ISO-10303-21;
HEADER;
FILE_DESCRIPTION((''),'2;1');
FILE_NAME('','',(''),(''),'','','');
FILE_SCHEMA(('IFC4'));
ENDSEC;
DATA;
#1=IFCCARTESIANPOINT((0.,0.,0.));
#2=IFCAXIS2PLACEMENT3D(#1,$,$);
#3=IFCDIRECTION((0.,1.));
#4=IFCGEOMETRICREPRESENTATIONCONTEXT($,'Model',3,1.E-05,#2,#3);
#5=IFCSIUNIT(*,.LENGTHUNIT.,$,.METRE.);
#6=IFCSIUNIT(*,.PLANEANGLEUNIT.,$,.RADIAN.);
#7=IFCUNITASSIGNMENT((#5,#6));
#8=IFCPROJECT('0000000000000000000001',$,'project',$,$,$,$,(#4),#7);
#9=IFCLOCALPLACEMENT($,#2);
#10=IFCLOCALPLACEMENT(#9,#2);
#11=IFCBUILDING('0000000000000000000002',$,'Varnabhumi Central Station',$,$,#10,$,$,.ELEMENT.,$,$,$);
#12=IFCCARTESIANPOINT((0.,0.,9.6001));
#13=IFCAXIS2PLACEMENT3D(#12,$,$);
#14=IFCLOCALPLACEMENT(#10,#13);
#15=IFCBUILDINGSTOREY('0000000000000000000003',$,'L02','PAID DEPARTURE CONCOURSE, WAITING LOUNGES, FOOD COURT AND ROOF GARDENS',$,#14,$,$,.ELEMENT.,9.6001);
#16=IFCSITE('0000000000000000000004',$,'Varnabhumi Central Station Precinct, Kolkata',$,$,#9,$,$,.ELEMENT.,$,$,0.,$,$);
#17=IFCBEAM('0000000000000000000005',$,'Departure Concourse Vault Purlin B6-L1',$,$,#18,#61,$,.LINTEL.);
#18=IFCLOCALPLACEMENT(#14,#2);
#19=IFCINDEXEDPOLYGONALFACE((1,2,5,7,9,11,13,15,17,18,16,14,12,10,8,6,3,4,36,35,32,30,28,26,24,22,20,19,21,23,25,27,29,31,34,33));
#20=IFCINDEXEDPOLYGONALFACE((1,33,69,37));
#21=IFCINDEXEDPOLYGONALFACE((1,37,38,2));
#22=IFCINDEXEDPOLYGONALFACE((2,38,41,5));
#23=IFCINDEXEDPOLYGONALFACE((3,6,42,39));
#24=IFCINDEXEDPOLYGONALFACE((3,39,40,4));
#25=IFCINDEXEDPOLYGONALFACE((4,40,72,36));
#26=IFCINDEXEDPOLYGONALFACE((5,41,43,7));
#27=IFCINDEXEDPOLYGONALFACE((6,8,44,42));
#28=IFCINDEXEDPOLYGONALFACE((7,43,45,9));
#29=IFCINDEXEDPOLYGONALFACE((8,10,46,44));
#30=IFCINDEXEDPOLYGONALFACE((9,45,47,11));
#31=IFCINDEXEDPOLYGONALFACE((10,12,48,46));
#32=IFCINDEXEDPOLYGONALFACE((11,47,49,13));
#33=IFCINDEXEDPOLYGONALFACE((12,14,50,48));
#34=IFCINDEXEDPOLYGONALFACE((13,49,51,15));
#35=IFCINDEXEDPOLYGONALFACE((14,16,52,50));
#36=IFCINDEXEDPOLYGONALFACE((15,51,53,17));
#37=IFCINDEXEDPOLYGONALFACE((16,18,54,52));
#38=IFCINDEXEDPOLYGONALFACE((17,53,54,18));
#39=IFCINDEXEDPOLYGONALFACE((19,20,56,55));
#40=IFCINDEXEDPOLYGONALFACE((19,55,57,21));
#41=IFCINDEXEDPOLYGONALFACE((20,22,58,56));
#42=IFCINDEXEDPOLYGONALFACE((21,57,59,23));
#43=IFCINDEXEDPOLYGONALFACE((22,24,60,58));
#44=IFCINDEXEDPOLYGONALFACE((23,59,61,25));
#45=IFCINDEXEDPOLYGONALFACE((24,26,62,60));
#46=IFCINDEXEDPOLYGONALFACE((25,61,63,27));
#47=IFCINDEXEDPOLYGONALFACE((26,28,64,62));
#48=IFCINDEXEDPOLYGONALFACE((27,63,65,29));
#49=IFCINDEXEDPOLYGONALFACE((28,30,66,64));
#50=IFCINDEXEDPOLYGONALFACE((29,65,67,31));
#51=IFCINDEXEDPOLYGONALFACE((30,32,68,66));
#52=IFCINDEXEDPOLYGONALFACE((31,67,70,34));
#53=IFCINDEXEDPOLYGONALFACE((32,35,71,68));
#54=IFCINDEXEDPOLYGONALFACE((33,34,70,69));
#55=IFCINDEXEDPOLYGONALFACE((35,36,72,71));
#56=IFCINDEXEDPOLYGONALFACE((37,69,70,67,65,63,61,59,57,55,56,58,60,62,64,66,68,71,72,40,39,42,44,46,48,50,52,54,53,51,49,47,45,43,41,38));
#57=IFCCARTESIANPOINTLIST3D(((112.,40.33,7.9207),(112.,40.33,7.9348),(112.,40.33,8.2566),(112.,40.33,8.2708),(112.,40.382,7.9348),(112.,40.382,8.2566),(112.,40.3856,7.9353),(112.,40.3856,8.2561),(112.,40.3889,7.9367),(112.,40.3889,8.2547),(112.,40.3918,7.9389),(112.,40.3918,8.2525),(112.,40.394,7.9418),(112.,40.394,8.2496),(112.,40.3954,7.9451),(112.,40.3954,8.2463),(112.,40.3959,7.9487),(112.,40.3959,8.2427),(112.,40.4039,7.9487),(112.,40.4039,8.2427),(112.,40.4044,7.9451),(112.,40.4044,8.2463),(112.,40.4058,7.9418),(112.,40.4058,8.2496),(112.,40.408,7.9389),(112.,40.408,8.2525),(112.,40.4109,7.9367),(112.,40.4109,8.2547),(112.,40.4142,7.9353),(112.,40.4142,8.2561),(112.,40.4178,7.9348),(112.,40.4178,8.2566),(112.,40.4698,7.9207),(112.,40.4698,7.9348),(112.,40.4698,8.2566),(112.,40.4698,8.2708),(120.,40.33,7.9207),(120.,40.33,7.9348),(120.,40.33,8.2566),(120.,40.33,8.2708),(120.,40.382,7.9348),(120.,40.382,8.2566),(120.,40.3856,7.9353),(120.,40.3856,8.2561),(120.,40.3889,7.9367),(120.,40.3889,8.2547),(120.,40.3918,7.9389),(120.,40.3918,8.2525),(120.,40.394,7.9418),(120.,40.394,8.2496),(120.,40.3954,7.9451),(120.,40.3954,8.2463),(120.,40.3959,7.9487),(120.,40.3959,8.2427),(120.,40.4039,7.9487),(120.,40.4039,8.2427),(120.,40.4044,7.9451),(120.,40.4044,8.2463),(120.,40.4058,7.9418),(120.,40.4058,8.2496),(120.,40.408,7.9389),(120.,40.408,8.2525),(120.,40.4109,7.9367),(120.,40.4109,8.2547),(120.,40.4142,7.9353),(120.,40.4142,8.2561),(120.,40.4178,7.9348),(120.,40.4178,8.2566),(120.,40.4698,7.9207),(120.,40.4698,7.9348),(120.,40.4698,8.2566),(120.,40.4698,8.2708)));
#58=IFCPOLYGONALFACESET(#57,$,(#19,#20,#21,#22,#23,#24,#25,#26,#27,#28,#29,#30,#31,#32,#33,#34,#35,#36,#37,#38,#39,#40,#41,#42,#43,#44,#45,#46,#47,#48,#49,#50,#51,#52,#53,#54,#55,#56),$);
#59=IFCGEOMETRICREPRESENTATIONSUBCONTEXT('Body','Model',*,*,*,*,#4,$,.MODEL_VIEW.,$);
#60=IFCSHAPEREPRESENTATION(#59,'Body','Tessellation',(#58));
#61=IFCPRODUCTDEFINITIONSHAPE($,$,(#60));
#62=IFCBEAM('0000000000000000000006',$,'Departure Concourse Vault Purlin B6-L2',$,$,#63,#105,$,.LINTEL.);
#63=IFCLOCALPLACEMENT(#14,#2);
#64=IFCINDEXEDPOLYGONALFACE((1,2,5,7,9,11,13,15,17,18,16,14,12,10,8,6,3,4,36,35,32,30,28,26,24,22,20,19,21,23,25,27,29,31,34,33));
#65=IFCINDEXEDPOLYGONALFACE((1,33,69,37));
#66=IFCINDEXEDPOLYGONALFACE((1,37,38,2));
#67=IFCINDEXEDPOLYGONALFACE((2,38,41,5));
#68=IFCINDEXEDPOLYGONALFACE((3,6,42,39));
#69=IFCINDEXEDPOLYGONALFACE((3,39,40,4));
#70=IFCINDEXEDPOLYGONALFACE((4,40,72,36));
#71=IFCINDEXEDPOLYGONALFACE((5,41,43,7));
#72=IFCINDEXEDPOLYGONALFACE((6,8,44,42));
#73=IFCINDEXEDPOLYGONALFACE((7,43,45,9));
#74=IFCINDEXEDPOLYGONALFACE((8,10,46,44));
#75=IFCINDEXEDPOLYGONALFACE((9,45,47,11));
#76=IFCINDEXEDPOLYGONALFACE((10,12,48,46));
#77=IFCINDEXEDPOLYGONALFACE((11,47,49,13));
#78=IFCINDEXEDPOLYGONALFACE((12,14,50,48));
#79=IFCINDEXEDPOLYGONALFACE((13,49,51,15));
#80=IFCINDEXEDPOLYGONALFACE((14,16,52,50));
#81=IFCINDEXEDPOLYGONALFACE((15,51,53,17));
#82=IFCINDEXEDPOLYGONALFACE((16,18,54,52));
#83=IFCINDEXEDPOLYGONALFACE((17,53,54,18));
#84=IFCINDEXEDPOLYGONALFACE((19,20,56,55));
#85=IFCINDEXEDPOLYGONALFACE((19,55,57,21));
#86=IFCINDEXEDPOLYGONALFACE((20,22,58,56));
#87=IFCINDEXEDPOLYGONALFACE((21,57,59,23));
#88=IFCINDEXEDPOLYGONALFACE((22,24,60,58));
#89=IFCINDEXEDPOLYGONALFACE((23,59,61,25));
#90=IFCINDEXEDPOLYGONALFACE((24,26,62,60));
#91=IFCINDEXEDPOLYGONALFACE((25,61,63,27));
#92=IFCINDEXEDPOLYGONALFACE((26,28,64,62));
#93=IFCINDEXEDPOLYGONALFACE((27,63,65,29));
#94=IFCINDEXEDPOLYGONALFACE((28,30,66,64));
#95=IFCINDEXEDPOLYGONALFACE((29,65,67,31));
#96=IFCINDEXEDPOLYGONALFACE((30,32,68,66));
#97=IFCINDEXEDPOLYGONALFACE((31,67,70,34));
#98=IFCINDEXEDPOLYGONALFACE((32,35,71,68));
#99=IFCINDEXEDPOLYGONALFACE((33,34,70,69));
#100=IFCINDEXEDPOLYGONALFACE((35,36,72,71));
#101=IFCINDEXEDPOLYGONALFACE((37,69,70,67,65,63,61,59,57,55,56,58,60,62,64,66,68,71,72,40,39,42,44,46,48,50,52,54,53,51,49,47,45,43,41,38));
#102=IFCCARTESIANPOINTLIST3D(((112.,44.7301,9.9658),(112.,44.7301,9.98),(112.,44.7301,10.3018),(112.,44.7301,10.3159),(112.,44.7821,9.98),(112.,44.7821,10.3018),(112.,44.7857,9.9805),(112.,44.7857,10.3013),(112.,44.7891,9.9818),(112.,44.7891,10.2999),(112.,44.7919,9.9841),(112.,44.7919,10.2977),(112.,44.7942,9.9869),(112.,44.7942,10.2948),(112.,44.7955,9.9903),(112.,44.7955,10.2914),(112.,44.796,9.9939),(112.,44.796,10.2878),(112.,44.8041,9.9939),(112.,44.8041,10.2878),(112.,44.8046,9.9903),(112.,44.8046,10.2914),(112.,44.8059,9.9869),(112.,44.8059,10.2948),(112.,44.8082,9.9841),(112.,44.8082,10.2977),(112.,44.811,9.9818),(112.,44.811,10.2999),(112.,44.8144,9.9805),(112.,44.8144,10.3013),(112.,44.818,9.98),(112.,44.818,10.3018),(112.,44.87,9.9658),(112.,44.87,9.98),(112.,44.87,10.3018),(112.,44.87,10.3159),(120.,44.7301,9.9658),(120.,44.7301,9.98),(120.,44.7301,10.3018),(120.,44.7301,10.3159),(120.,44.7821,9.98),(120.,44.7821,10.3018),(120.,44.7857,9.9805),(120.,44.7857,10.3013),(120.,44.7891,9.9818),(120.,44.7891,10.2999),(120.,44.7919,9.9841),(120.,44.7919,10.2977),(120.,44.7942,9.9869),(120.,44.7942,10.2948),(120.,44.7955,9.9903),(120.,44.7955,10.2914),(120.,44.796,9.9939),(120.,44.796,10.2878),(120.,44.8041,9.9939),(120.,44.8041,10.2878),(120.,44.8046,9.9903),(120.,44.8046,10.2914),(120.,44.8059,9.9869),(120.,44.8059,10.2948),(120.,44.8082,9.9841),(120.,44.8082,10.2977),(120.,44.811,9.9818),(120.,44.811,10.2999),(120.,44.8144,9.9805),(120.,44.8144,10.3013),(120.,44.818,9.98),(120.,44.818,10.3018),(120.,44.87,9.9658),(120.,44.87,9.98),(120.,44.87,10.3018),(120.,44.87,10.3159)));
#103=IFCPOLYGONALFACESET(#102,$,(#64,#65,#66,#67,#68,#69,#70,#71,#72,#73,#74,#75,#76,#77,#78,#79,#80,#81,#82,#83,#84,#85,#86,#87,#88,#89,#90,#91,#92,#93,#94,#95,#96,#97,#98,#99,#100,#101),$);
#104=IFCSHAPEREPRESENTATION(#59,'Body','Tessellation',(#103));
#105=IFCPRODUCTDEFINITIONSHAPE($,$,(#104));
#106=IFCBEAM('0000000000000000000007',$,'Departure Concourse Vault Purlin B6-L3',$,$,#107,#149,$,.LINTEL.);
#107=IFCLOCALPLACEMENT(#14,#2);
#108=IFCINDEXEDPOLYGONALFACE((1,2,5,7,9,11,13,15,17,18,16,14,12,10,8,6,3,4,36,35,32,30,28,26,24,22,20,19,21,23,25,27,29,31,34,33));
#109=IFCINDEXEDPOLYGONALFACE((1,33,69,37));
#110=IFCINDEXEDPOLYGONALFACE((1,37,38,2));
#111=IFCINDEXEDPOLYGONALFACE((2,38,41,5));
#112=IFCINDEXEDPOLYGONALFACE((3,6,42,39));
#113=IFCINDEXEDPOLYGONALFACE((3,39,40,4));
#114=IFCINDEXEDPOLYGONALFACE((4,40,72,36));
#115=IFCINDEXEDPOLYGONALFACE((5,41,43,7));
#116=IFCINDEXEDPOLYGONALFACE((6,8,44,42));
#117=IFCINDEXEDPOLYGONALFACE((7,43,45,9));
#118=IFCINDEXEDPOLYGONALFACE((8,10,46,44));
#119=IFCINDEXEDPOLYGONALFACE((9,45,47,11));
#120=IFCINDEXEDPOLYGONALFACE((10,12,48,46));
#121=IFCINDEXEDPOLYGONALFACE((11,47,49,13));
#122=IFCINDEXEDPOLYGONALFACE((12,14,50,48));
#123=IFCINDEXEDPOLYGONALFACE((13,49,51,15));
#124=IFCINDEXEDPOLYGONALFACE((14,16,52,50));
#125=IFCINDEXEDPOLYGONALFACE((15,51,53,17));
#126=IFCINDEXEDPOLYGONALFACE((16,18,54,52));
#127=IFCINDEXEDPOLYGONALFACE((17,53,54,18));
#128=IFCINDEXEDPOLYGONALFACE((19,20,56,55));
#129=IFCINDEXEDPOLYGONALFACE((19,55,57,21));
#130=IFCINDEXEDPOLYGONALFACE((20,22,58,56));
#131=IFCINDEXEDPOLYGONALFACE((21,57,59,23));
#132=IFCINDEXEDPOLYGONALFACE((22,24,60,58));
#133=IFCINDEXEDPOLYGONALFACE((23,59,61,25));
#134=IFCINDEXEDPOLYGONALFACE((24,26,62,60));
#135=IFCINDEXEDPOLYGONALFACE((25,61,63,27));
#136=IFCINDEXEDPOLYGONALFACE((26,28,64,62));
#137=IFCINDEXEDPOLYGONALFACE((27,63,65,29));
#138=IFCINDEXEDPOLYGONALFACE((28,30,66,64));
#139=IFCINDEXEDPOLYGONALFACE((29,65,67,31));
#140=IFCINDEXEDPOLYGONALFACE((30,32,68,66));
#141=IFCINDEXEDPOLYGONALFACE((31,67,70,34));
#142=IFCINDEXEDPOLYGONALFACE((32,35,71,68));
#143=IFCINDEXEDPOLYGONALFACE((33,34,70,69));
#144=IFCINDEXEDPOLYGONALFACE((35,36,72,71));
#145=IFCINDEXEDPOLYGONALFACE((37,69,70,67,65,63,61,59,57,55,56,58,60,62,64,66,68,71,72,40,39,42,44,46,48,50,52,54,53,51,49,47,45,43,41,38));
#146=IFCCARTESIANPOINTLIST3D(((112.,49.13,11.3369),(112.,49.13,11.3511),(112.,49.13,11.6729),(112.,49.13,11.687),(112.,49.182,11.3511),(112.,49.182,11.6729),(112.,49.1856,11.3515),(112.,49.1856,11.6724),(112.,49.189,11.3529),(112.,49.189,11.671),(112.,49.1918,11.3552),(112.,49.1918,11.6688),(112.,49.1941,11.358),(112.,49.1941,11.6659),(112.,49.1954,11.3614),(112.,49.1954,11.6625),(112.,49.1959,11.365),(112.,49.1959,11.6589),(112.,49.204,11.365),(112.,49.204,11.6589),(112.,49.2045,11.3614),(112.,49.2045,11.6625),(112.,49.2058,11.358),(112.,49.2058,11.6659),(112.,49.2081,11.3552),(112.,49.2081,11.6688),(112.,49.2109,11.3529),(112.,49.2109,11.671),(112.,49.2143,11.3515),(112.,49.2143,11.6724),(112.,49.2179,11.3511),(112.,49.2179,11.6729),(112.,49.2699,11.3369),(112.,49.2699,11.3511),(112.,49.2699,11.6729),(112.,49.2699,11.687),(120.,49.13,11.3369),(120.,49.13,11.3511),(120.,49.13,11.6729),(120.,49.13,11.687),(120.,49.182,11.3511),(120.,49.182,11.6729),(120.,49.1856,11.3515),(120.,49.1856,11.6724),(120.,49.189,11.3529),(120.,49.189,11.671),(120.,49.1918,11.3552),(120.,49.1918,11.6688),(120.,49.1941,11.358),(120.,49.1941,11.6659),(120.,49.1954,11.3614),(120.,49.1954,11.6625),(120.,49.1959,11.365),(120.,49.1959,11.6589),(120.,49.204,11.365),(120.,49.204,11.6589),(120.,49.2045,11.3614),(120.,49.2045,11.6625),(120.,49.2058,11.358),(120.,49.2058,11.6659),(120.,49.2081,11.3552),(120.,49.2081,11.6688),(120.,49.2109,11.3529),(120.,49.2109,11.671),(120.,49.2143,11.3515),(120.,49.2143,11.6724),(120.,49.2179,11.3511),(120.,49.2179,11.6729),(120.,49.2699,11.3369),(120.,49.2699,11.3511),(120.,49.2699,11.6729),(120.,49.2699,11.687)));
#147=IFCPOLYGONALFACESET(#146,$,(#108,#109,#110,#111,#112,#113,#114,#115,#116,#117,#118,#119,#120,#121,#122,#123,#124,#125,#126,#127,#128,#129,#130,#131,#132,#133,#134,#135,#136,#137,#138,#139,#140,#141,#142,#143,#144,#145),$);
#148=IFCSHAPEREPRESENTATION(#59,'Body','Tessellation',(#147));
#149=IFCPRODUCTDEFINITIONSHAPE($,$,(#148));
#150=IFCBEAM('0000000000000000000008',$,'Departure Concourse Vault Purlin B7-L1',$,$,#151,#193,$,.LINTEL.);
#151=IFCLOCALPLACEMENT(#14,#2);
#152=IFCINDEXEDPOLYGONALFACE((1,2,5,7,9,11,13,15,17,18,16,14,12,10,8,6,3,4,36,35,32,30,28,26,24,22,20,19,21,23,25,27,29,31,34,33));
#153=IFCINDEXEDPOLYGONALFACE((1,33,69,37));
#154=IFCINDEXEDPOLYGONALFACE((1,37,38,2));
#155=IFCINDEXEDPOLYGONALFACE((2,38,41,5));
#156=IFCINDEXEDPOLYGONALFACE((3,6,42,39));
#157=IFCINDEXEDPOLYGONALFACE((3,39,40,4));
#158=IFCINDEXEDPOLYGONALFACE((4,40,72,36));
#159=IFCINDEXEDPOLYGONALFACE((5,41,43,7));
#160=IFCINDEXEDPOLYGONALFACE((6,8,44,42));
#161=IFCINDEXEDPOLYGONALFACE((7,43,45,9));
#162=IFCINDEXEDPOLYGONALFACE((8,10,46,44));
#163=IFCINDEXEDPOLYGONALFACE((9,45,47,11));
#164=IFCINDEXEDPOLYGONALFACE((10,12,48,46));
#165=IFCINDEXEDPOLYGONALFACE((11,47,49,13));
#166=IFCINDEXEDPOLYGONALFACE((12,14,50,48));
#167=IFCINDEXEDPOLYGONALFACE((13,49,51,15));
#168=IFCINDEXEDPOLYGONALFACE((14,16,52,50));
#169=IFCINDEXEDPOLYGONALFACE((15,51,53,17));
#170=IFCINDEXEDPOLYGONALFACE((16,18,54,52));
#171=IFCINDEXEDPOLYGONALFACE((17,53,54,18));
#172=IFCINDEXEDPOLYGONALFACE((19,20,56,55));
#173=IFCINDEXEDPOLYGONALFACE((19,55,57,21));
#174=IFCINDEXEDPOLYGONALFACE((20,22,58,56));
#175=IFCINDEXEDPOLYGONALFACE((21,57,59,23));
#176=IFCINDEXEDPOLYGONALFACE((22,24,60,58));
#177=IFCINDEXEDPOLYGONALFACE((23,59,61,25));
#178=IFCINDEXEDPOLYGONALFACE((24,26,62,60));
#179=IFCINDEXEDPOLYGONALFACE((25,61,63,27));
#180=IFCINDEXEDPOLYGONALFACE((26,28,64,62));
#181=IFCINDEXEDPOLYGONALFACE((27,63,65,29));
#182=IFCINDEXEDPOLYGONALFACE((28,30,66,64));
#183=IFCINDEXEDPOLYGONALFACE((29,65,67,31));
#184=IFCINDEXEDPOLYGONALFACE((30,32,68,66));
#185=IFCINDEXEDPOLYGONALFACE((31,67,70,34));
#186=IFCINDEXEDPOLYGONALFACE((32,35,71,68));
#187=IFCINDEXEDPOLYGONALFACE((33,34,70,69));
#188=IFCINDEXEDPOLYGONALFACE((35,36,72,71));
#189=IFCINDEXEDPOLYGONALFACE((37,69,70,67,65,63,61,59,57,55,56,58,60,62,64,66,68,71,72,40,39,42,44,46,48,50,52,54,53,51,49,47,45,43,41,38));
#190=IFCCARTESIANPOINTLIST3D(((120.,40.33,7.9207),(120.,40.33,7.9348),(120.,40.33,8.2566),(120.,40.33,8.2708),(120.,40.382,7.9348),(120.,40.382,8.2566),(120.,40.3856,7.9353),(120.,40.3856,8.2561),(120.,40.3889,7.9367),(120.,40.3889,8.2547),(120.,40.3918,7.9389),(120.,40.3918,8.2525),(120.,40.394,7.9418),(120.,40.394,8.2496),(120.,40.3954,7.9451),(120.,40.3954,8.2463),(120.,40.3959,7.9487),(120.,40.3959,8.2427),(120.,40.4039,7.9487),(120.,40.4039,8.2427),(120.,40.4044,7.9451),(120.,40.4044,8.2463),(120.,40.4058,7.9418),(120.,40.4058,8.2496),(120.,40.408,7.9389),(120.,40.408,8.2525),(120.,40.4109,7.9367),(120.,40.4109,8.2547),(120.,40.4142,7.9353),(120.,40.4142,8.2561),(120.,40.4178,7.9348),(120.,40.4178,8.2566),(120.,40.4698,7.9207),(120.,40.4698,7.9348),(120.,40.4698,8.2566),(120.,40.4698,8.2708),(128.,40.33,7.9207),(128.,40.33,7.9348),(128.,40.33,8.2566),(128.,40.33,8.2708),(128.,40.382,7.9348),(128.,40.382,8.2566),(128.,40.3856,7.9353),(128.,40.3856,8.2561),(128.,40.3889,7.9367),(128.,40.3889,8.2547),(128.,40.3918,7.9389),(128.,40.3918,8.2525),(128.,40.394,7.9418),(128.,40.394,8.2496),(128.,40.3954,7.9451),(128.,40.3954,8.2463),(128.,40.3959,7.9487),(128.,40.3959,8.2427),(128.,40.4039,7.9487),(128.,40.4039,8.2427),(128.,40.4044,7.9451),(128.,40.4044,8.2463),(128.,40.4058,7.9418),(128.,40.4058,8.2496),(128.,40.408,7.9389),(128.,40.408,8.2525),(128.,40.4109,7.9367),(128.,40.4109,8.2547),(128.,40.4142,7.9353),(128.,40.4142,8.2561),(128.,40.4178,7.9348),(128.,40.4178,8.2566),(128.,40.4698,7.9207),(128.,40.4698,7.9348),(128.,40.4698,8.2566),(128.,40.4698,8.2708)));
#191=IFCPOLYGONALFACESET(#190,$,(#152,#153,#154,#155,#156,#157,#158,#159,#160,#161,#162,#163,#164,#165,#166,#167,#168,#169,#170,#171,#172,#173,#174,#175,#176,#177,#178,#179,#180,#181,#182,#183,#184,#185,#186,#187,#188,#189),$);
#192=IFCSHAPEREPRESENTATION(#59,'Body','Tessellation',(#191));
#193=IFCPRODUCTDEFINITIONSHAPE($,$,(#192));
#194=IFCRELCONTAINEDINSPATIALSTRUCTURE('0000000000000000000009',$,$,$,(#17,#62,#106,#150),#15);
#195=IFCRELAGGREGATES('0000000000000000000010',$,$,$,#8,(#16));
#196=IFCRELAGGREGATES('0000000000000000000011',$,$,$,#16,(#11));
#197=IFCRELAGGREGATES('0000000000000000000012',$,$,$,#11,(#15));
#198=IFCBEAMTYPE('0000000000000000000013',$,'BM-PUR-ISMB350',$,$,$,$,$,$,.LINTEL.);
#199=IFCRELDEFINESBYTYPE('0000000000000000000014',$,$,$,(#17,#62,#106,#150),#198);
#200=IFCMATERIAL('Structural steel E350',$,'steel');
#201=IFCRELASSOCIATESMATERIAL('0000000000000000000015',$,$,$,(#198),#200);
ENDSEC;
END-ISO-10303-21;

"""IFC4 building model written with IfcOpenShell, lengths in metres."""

from ifc_helpers import new_model, si_unit, direction, frame, origin, origin_2d, place, context, subcontext, project, spatial, i_section, extrude, material, material_profile, profile_set, type_object, element, save


model = new_model("IFC4")

# Units and contexts
model_context = context("Model", 3, precision=1e-05, world=origin(), true_north=direction((0.0, 1.0)))
body_context = subcontext(model_context, "Body", "Model", "MODEL_VIEW")
ifc_project = project(units=[si_unit("LENGTHUNIT", "METRE"), si_unit("PLANEANGLEUNIT", "RADIAN")], contexts=[model_context])

# Site, building, storey
site_placement = place(None, origin())
site = spatial("IfcSite", under=ifc_project, at=site_placement, Name="Varnabhumi Central Station Precinct, Kolkata", CompositionType="ELEMENT", RefElevation=0.0)
building_placement = place(site_placement, origin())
building = spatial("IfcBuilding", under=site, at=building_placement, Name="Varnabhumi Central Station", CompositionType="ELEMENT")
storey_placement = place(building_placement, frame((0.0, 0.0, 9.6001)))
storey = spatial("IfcBuildingStorey", under=building, at=storey_placement, Name="L02", Description="PAID DEPARTURE CONCOURSE, WAITING LOUNGES, FOOD COURT AND ROOF GARDENS", CompositionType="ELEMENT", Elevation=9.6001)

# Beams
ifc_material_1 = material(Name="Structural steel E350", Category="steel")
ifc_material_profile_1 = material_profile(ifc_material_1, i_section(OverallWidth=0.1399, OverallDepth=0.3501, WebThickness=0.0081, FlangeThickness=0.0142, FilletRadius=0.0139, at=origin_2d()), Name="Structural steel E350", Category="steel")
ifc_profile_set_1 = profile_set([ifc_material_profile_1], Name="Structural steel E350")
beam_type_1 = type_object("IfcBeamType", Name="BM-PUR-ISMB350", PredefinedType="LINTEL", material=ifc_profile_set_1)
for number, where, z_axis, x_axis, name in (
    (1, (112.0, 40.3999, 8.0957), (1.0, 0.0, 0.0), (0.0, 1.0, 0.0), "Departure Concourse Vault Purlin B6-L1"),
    (2, (112.0, 44.8, 10.1409), (1.0, 0.0, 0.0), (0.0, 1.0, 0.0), "Departure Concourse Vault Purlin B6-L2"),
    (3, (112.0, 49.2, 11.512), (1.0, 0.0, 0.0), (0.0, 1.0, 0.0), "Departure Concourse Vault Purlin B6-L3"),
    (4, (120.0, 40.3999, 8.0957), (1.0, 0.0, 0.0), (0.0, 1.0, 0.0), "Departure Concourse Vault Purlin B7-L1"),
):
    element("IfcBeam", number, at=place(storey_placement, frame(where, z_axis=z_axis, x_axis=x_axis)), inside=storey, type_object=beam_type_1, Name=name, PredefinedType="LINTEL", context=body_context, shape_type="SweptSolid", body=[
        extrude(i_section(OverallWidth=0.1399, OverallDepth=0.3501, WebThickness=0.0081, FlangeThickness=0.0142, FilletRadius=0.0139, at=origin_2d()), origin(), (0.0, 0.0, 1.0), 8.0),
    ])

save(model, "model.ifc")
